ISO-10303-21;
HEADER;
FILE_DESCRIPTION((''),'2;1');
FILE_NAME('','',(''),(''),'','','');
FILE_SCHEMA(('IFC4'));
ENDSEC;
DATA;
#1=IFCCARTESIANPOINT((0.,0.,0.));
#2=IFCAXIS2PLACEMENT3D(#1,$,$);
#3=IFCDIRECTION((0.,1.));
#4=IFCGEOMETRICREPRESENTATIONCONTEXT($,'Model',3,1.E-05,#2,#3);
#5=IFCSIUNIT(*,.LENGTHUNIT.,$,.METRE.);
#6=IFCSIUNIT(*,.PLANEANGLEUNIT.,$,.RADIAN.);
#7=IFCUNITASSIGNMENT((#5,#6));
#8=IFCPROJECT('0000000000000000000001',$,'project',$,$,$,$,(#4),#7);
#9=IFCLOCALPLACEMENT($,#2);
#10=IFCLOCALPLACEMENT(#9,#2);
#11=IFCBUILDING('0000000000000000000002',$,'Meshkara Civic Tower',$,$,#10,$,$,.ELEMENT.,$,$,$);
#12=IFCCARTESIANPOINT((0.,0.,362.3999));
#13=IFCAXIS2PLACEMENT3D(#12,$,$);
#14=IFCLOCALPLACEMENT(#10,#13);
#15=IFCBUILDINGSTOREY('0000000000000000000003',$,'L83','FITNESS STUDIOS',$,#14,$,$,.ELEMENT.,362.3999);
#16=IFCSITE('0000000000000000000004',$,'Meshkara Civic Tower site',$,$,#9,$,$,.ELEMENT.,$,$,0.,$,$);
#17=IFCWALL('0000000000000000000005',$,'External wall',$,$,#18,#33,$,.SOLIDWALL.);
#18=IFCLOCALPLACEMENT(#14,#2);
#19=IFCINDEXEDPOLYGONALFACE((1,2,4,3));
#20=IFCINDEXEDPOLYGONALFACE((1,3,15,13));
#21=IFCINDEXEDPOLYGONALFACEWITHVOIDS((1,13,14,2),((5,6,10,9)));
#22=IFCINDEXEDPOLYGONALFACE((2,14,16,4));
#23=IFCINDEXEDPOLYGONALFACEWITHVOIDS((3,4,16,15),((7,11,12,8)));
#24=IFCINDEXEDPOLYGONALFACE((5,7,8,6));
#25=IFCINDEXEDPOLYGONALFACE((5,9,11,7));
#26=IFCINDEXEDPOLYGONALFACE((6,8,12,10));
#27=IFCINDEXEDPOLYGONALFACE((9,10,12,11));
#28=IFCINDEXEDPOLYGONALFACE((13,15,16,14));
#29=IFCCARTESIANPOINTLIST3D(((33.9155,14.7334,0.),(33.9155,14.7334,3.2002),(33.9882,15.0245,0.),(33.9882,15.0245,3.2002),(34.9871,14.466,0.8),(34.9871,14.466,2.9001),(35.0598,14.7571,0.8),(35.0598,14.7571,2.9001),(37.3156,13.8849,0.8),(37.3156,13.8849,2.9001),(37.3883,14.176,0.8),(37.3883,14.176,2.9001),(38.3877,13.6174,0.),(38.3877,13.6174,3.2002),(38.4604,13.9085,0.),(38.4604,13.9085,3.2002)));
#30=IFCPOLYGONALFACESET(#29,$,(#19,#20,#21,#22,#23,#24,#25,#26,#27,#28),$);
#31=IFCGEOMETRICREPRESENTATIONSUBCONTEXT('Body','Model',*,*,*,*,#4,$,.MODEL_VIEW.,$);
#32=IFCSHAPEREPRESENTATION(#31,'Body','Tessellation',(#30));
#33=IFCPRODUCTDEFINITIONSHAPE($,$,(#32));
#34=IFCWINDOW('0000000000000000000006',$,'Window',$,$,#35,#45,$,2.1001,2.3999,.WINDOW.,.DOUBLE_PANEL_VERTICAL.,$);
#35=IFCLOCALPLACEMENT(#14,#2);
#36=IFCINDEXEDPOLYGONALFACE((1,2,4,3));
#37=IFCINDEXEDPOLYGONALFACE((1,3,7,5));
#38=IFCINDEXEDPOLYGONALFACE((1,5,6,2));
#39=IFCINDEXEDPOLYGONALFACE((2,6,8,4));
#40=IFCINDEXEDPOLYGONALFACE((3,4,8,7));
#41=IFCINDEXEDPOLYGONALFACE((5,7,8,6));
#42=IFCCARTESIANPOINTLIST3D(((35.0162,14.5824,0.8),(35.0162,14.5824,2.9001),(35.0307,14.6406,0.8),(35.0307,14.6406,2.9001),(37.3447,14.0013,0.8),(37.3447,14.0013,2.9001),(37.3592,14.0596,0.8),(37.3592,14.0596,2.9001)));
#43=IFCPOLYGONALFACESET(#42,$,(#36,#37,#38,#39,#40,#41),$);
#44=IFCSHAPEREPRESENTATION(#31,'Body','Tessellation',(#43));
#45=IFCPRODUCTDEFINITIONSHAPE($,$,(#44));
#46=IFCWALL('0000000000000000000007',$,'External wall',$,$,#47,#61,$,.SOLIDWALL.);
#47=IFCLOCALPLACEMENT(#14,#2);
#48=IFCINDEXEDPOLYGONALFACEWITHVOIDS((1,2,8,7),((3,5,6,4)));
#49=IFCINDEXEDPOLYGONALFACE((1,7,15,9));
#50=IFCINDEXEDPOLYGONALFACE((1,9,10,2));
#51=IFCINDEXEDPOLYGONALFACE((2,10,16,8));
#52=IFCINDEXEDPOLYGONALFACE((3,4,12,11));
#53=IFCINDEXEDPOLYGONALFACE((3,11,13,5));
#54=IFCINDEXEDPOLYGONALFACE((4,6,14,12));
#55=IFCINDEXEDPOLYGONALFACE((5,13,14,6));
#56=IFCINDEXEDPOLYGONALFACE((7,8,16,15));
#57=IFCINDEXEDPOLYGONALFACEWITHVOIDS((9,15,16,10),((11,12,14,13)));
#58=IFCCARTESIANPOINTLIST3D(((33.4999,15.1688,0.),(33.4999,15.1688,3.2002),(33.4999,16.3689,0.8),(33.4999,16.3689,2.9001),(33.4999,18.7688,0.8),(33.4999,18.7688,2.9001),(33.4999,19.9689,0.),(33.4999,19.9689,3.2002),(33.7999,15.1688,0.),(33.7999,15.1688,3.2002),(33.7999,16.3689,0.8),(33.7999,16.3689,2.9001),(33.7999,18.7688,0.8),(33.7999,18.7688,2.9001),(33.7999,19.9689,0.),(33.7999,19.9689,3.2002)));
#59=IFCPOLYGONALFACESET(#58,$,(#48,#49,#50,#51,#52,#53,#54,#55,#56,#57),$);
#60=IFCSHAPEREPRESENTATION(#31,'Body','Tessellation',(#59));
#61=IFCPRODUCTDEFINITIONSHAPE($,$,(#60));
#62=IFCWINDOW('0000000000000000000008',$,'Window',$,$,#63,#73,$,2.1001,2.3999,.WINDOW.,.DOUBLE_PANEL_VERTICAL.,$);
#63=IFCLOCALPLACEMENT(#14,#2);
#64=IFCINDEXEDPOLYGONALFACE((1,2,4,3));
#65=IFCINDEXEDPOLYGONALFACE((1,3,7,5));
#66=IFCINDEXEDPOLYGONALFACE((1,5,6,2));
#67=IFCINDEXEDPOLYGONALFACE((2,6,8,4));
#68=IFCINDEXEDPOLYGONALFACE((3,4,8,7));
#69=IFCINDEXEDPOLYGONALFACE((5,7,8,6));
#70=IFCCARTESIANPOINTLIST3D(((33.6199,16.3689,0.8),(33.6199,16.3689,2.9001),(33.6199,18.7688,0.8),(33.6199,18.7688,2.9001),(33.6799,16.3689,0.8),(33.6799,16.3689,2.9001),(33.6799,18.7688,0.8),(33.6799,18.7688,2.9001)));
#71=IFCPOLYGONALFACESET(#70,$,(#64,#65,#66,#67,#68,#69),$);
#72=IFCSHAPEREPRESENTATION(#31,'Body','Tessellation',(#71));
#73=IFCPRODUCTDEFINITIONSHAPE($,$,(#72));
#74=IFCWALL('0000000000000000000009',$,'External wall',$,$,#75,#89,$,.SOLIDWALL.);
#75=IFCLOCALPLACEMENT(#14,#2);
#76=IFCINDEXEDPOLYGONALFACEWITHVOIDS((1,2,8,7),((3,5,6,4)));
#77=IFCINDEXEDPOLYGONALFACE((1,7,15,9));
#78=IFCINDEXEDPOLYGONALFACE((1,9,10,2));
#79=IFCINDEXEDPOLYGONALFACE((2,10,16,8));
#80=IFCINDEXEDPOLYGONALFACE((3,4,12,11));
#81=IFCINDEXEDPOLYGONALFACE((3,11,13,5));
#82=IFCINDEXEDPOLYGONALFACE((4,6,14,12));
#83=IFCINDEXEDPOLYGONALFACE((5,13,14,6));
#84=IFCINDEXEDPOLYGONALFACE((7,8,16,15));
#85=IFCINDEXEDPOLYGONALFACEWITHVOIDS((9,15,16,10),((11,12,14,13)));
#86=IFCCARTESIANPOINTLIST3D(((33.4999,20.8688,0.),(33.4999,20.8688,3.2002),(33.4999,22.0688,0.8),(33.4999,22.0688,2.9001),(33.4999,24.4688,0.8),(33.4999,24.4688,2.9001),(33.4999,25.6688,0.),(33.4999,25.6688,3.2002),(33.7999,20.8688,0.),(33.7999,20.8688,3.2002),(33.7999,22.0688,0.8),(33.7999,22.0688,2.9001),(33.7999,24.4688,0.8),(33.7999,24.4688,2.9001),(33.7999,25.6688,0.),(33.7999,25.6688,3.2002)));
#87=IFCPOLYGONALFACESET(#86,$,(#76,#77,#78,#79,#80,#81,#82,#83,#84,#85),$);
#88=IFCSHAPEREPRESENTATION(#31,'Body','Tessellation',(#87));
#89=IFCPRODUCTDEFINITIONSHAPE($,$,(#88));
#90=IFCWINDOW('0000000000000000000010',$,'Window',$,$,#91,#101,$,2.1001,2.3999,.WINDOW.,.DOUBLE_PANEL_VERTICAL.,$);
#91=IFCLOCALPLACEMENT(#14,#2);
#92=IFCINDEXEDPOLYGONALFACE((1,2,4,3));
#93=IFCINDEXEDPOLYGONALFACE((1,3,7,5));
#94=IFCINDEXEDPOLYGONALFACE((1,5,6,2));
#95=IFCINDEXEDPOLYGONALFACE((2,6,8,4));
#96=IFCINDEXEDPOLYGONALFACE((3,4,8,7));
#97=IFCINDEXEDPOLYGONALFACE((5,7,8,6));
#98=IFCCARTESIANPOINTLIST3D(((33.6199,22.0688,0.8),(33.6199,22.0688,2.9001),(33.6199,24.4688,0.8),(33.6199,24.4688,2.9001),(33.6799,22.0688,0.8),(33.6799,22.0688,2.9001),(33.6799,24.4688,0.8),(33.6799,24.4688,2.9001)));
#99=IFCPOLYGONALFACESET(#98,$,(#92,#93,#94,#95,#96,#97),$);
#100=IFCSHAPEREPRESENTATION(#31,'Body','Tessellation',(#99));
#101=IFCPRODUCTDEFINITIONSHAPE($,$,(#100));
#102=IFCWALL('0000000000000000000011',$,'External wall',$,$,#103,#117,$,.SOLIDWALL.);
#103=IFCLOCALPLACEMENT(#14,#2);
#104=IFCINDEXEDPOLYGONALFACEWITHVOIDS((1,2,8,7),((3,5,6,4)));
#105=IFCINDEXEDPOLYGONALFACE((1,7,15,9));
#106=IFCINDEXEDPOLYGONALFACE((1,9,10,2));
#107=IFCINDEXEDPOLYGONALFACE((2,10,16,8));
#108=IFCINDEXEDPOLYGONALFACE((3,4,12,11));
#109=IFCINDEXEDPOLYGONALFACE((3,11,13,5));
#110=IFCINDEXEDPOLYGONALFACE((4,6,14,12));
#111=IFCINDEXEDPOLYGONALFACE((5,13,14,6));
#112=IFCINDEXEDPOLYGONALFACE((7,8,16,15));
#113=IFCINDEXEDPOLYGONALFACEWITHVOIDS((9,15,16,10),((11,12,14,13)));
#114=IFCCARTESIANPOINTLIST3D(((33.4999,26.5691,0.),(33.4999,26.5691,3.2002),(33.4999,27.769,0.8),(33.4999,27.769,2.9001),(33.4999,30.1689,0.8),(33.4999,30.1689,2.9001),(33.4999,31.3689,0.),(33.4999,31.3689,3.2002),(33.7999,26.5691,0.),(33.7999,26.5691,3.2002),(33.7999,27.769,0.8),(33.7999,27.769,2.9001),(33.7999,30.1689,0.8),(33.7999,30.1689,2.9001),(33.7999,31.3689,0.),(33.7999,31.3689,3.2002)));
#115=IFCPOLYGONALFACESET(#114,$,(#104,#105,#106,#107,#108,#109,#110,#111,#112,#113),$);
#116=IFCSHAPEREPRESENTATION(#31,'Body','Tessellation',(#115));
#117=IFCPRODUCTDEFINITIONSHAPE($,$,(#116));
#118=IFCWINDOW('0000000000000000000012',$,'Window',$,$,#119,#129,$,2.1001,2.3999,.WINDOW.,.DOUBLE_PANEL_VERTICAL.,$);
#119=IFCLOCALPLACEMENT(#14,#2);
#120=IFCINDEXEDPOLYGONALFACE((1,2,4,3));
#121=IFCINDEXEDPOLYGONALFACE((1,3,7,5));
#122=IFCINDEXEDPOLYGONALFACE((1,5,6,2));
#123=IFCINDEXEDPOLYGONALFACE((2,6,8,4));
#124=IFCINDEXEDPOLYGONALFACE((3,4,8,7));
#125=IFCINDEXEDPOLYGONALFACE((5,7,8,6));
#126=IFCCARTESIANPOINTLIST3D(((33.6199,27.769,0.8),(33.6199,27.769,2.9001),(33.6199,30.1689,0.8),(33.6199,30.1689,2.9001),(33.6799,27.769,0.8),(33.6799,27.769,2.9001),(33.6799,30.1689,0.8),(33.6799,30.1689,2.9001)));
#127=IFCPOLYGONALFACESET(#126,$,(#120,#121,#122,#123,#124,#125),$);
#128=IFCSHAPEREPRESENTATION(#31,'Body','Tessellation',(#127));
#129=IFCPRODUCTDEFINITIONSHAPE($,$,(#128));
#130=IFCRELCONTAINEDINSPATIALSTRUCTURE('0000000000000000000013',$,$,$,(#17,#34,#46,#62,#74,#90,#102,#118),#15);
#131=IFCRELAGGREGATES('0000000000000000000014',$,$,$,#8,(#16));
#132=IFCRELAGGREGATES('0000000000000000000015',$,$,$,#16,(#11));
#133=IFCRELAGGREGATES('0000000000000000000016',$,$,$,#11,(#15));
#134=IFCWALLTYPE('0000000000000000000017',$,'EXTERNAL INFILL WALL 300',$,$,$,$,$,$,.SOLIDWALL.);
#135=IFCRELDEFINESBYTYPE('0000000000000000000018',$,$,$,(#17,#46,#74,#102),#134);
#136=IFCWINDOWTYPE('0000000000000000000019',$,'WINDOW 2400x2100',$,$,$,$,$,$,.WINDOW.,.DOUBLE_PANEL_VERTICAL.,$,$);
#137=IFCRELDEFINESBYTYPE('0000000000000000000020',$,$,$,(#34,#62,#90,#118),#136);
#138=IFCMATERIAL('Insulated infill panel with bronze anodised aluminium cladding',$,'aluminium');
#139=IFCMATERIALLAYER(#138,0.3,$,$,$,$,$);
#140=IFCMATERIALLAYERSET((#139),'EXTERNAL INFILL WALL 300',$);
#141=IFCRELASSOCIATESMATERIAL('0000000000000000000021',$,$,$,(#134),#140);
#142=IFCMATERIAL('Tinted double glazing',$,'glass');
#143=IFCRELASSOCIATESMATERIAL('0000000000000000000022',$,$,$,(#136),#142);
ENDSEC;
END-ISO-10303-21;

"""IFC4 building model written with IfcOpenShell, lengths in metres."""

from ifc_helpers import new_model, si_unit, direction, frame, frame_2d, origin, place, context, subcontext, project, spatial, rectangle, extrude, material, layer, layer_set, type_object, element, fill, save


model = new_model("IFC4")

# Units and contexts
model_context = context("Model", 3, precision=1e-05, world=origin(), true_north=direction((0.0, 1.0)))
body_context = subcontext(model_context, "Body", "Model", "MODEL_VIEW")
ifc_project = project(units=[si_unit("LENGTHUNIT", "METRE"), si_unit("PLANEANGLEUNIT", "RADIAN")], contexts=[model_context])

# Site, building, storey
site_placement = place(None, origin())
site = spatial("IfcSite", under=ifc_project, at=site_placement, Name="Meshkara Civic Tower site", CompositionType="ELEMENT", RefElevation=0.0)
building_placement = place(site_placement, origin())
building = spatial("IfcBuilding", under=site, at=building_placement, Name="Meshkara Civic Tower", CompositionType="ELEMENT")
storey_placement = place(building_placement, frame((0.0, 0.0, 362.3999)))
storey = spatial("IfcBuildingStorey", under=building, at=storey_placement, Name="L83", Description="FITNESS STUDIOS", CompositionType="ELEMENT", Elevation=362.3999)

# Walls, openings, windows
ifc_material_1 = material(Name="Insulated infill panel with bronze anodised aluminium cladding", Category="aluminium")
ifc_layer_1 = layer(ifc_material_1, 0.3)
ifc_layer_set_1 = layer_set([ifc_layer_1], Name="EXTERNAL INFILL WALL 300")
wall_type_1 = type_object("IfcWallType", Name="EXTERNAL INFILL WALL 300", PredefinedType="SOLIDWALL", material=ifc_layer_set_1)
ifc_material_2 = material(Name="Tinted double glazing", Category="glass")
window_type = type_object("IfcWindowType", Name="WINDOW 2400x2100", PartitioningType="DOUBLE_PANEL_VERTICAL", PredefinedType="WINDOW", material=ifc_material_2)
wall_1_placement = place(storey_placement, frame((38.4241, 13.7629, 0.0), z_axis=(0.0, 0.0, 1.0), x_axis=(-0.970248, 0.242112, 0.0)))
wall_1 = element("IfcWall", 1, at=wall_1_placement, inside=storey, type_object=wall_type_1, Name="External wall", PredefinedType="SOLIDWALL", context=body_context, shape_type="SweptSolid", body=[
    extrude(rectangle(XDim=4.6094, YDim=0.3, at=frame_2d((2.3047, 0.0))), origin(), (0.0, 0.0, 1.0), 3.2002),
])
opening_1_placement = place(wall_1_placement, frame((1.105, 0.0, 0.8)))
opening_1 = element("IfcOpeningElement", 2, at=opening_1_placement, cuts=wall_1, PredefinedType="OPENING", context=body_context, shape_type="SweptSolid", body=[
    extrude(rectangle(XDim=2.3999, YDim=2.1001, at=frame_2d((1.2, 1.05))), frame((0.0, 0.1599, 0.0), z_axis=(0.0, -1.0, 0.0), x_axis=(1.0, 0.0, 0.0)), (0.0, 0.0, 1.0), 0.3201),
])
window_1_placement = place(opening_1_placement, origin())
window_1 = element("IfcWindow", 3, at=window_1_placement, inside=storey, type_object=window_type, Name="Window", OverallHeight=2.1001, OverallWidth=2.3999, PartitioningType="DOUBLE_PANEL_VERTICAL", PredefinedType="WINDOW", context=body_context, shape_type="SweptSolid", body=[
    extrude(rectangle(XDim=2.3999, YDim=2.1001, at=frame_2d((1.2, 1.05))), frame((0.0, 0.03, 0.0), z_axis=(0.0, -1.0, 0.0), x_axis=(1.0, 0.0, 0.0)), (0.0, 0.0, 1.0), 0.0601),
])
fill(opening_1, window_1)
wall_2_placement = place(storey_placement, frame((33.6499, 15.1689, 0.0), z_axis=(0.0, 0.0, 1.0), x_axis=(0.0, 1.0, 0.0)))
wall_2 = element("IfcWall", 4, at=wall_2_placement, inside=storey, type_object=wall_type_1, Name="External wall", PredefinedType="SOLIDWALL", context=body_context, shape_type="SweptSolid", body=[
    extrude(rectangle(XDim=4.8, YDim=0.3, at=frame_2d((2.3999, 0.0))), origin(), (0.0, 0.0, 1.0), 3.2002),
])
opening_2_placement = place(wall_2_placement, frame((1.2, 0.0, 0.8)))
opening_2 = element("IfcOpeningElement", 5, at=opening_2_placement, cuts=wall_2, PredefinedType="OPENING", context=body_context, shape_type="SweptSolid", body=[
    extrude(rectangle(XDim=2.3999, YDim=2.1001, at=frame_2d((1.2, 1.05))), frame((0.0, 0.1599, 0.0), z_axis=(0.0, -1.0, 0.0), x_axis=(1.0, 0.0, 0.0)), (0.0, 0.0, 1.0), 0.3201),
])
window_2_placement = place(opening_2_placement, origin())
window_2 = element("IfcWindow", 6, at=window_2_placement, inside=storey, type_object=window_type, Name="Window", OverallHeight=2.1001, OverallWidth=2.3999, PartitioningType="DOUBLE_PANEL_VERTICAL", PredefinedType="WINDOW", context=body_context, shape_type="SweptSolid", body=[
    extrude(rectangle(XDim=2.3999, YDim=2.1001, at=frame_2d((1.2, 1.05))), frame((0.0, 0.03, 0.0), z_axis=(0.0, -1.0, 0.0), x_axis=(1.0, 0.0, 0.0)), (0.0, 0.0, 1.0), 0.0601),
])
fill(opening_2, window_2)
wall_3_placement = place(storey_placement, frame((33.6499, 20.8689, 0.0), z_axis=(0.0, 0.0, 1.0), x_axis=(0.0, 1.0, 0.0)))
wall_3 = element("IfcWall", 7, at=wall_3_placement, inside=storey, type_object=wall_type_1, Name="External wall", PredefinedType="SOLIDWALL", context=body_context, shape_type="SweptSolid", body=[
    extrude(rectangle(XDim=4.8, YDim=0.3, at=frame_2d((2.3999, 0.0))), origin(), (0.0, 0.0, 1.0), 3.2002),
])
opening_3_placement = place(wall_3_placement, frame((1.2, 0.0, 0.8)))
opening_3 = element("IfcOpeningElement", 8, at=opening_3_placement, cuts=wall_3, PredefinedType="OPENING", context=body_context, shape_type="SweptSolid", body=[
    extrude(rectangle(XDim=2.3999, YDim=2.1001, at=frame_2d((1.2, 1.05))), frame((0.0, 0.1599, 0.0), z_axis=(0.0, -1.0, 0.0), x_axis=(1.0, 0.0, 0.0)), (0.0, 0.0, 1.0), 0.3201),
])
window_3_placement = place(opening_3_placement, origin())
window_3 = element("IfcWindow", 9, at=window_3_placement, inside=storey, type_object=window_type, Name="Window", OverallHeight=2.1001, OverallWidth=2.3999, PartitioningType="DOUBLE_PANEL_VERTICAL", PredefinedType="WINDOW", context=body_context, shape_type="SweptSolid", body=[
    extrude(rectangle(XDim=2.3999, YDim=2.1001, at=frame_2d((1.2, 1.05))), frame((0.0, 0.03, 0.0), z_axis=(0.0, -1.0, 0.0), x_axis=(1.0, 0.0, 0.0)), (0.0, 0.0, 1.0), 0.0601),
])
fill(opening_3, window_3)
wall_4_placement = place(storey_placement, frame((33.6499, 26.5691, 0.0), z_axis=(0.0, 0.0, 1.0), x_axis=(0.0, 1.0, 0.0)))
wall_4 = element("IfcWall", 10, at=wall_4_placement, inside=storey, type_object=wall_type_1, Name="External wall", PredefinedType="SOLIDWALL", context=body_context, shape_type="SweptSolid", body=[
    extrude(rectangle(XDim=4.7998, YDim=0.3, at=frame_2d((2.3999, 0.0))), origin(), (0.0, 0.0, 1.0), 3.2002),
])
opening_4_placement = place(wall_4_placement, frame((1.2, 0.0, 0.8)))
opening_4 = element("IfcOpeningElement", 11, at=opening_4_placement, cuts=wall_4, PredefinedType="OPENING", context=body_context, shape_type="SweptSolid", body=[
    extrude(rectangle(XDim=2.3999, YDim=2.1001, at=frame_2d((1.2, 1.05))), frame((0.0, 0.1599, 0.0), z_axis=(0.0, -1.0, 0.0), x_axis=(1.0, 0.0, 0.0)), (0.0, 0.0, 1.0), 0.3201),
])
window_4_placement = place(opening_4_placement, origin())
window_4 = element("IfcWindow", 12, at=window_4_placement, inside=storey, type_object=window_type, Name="Window", OverallHeight=2.1001, OverallWidth=2.3999, PartitioningType="DOUBLE_PANEL_VERTICAL", PredefinedType="WINDOW", context=body_context, shape_type="SweptSolid", body=[
    extrude(rectangle(XDim=2.3999, YDim=2.1001, at=frame_2d((1.2, 1.05))), frame((0.0, 0.03, 0.0), z_axis=(0.0, -1.0, 0.0), x_axis=(1.0, 0.0, 0.0)), (0.0, 0.0, 1.0), 0.0601),
])
fill(opening_4, window_4)

save(model, "model.ifc")
